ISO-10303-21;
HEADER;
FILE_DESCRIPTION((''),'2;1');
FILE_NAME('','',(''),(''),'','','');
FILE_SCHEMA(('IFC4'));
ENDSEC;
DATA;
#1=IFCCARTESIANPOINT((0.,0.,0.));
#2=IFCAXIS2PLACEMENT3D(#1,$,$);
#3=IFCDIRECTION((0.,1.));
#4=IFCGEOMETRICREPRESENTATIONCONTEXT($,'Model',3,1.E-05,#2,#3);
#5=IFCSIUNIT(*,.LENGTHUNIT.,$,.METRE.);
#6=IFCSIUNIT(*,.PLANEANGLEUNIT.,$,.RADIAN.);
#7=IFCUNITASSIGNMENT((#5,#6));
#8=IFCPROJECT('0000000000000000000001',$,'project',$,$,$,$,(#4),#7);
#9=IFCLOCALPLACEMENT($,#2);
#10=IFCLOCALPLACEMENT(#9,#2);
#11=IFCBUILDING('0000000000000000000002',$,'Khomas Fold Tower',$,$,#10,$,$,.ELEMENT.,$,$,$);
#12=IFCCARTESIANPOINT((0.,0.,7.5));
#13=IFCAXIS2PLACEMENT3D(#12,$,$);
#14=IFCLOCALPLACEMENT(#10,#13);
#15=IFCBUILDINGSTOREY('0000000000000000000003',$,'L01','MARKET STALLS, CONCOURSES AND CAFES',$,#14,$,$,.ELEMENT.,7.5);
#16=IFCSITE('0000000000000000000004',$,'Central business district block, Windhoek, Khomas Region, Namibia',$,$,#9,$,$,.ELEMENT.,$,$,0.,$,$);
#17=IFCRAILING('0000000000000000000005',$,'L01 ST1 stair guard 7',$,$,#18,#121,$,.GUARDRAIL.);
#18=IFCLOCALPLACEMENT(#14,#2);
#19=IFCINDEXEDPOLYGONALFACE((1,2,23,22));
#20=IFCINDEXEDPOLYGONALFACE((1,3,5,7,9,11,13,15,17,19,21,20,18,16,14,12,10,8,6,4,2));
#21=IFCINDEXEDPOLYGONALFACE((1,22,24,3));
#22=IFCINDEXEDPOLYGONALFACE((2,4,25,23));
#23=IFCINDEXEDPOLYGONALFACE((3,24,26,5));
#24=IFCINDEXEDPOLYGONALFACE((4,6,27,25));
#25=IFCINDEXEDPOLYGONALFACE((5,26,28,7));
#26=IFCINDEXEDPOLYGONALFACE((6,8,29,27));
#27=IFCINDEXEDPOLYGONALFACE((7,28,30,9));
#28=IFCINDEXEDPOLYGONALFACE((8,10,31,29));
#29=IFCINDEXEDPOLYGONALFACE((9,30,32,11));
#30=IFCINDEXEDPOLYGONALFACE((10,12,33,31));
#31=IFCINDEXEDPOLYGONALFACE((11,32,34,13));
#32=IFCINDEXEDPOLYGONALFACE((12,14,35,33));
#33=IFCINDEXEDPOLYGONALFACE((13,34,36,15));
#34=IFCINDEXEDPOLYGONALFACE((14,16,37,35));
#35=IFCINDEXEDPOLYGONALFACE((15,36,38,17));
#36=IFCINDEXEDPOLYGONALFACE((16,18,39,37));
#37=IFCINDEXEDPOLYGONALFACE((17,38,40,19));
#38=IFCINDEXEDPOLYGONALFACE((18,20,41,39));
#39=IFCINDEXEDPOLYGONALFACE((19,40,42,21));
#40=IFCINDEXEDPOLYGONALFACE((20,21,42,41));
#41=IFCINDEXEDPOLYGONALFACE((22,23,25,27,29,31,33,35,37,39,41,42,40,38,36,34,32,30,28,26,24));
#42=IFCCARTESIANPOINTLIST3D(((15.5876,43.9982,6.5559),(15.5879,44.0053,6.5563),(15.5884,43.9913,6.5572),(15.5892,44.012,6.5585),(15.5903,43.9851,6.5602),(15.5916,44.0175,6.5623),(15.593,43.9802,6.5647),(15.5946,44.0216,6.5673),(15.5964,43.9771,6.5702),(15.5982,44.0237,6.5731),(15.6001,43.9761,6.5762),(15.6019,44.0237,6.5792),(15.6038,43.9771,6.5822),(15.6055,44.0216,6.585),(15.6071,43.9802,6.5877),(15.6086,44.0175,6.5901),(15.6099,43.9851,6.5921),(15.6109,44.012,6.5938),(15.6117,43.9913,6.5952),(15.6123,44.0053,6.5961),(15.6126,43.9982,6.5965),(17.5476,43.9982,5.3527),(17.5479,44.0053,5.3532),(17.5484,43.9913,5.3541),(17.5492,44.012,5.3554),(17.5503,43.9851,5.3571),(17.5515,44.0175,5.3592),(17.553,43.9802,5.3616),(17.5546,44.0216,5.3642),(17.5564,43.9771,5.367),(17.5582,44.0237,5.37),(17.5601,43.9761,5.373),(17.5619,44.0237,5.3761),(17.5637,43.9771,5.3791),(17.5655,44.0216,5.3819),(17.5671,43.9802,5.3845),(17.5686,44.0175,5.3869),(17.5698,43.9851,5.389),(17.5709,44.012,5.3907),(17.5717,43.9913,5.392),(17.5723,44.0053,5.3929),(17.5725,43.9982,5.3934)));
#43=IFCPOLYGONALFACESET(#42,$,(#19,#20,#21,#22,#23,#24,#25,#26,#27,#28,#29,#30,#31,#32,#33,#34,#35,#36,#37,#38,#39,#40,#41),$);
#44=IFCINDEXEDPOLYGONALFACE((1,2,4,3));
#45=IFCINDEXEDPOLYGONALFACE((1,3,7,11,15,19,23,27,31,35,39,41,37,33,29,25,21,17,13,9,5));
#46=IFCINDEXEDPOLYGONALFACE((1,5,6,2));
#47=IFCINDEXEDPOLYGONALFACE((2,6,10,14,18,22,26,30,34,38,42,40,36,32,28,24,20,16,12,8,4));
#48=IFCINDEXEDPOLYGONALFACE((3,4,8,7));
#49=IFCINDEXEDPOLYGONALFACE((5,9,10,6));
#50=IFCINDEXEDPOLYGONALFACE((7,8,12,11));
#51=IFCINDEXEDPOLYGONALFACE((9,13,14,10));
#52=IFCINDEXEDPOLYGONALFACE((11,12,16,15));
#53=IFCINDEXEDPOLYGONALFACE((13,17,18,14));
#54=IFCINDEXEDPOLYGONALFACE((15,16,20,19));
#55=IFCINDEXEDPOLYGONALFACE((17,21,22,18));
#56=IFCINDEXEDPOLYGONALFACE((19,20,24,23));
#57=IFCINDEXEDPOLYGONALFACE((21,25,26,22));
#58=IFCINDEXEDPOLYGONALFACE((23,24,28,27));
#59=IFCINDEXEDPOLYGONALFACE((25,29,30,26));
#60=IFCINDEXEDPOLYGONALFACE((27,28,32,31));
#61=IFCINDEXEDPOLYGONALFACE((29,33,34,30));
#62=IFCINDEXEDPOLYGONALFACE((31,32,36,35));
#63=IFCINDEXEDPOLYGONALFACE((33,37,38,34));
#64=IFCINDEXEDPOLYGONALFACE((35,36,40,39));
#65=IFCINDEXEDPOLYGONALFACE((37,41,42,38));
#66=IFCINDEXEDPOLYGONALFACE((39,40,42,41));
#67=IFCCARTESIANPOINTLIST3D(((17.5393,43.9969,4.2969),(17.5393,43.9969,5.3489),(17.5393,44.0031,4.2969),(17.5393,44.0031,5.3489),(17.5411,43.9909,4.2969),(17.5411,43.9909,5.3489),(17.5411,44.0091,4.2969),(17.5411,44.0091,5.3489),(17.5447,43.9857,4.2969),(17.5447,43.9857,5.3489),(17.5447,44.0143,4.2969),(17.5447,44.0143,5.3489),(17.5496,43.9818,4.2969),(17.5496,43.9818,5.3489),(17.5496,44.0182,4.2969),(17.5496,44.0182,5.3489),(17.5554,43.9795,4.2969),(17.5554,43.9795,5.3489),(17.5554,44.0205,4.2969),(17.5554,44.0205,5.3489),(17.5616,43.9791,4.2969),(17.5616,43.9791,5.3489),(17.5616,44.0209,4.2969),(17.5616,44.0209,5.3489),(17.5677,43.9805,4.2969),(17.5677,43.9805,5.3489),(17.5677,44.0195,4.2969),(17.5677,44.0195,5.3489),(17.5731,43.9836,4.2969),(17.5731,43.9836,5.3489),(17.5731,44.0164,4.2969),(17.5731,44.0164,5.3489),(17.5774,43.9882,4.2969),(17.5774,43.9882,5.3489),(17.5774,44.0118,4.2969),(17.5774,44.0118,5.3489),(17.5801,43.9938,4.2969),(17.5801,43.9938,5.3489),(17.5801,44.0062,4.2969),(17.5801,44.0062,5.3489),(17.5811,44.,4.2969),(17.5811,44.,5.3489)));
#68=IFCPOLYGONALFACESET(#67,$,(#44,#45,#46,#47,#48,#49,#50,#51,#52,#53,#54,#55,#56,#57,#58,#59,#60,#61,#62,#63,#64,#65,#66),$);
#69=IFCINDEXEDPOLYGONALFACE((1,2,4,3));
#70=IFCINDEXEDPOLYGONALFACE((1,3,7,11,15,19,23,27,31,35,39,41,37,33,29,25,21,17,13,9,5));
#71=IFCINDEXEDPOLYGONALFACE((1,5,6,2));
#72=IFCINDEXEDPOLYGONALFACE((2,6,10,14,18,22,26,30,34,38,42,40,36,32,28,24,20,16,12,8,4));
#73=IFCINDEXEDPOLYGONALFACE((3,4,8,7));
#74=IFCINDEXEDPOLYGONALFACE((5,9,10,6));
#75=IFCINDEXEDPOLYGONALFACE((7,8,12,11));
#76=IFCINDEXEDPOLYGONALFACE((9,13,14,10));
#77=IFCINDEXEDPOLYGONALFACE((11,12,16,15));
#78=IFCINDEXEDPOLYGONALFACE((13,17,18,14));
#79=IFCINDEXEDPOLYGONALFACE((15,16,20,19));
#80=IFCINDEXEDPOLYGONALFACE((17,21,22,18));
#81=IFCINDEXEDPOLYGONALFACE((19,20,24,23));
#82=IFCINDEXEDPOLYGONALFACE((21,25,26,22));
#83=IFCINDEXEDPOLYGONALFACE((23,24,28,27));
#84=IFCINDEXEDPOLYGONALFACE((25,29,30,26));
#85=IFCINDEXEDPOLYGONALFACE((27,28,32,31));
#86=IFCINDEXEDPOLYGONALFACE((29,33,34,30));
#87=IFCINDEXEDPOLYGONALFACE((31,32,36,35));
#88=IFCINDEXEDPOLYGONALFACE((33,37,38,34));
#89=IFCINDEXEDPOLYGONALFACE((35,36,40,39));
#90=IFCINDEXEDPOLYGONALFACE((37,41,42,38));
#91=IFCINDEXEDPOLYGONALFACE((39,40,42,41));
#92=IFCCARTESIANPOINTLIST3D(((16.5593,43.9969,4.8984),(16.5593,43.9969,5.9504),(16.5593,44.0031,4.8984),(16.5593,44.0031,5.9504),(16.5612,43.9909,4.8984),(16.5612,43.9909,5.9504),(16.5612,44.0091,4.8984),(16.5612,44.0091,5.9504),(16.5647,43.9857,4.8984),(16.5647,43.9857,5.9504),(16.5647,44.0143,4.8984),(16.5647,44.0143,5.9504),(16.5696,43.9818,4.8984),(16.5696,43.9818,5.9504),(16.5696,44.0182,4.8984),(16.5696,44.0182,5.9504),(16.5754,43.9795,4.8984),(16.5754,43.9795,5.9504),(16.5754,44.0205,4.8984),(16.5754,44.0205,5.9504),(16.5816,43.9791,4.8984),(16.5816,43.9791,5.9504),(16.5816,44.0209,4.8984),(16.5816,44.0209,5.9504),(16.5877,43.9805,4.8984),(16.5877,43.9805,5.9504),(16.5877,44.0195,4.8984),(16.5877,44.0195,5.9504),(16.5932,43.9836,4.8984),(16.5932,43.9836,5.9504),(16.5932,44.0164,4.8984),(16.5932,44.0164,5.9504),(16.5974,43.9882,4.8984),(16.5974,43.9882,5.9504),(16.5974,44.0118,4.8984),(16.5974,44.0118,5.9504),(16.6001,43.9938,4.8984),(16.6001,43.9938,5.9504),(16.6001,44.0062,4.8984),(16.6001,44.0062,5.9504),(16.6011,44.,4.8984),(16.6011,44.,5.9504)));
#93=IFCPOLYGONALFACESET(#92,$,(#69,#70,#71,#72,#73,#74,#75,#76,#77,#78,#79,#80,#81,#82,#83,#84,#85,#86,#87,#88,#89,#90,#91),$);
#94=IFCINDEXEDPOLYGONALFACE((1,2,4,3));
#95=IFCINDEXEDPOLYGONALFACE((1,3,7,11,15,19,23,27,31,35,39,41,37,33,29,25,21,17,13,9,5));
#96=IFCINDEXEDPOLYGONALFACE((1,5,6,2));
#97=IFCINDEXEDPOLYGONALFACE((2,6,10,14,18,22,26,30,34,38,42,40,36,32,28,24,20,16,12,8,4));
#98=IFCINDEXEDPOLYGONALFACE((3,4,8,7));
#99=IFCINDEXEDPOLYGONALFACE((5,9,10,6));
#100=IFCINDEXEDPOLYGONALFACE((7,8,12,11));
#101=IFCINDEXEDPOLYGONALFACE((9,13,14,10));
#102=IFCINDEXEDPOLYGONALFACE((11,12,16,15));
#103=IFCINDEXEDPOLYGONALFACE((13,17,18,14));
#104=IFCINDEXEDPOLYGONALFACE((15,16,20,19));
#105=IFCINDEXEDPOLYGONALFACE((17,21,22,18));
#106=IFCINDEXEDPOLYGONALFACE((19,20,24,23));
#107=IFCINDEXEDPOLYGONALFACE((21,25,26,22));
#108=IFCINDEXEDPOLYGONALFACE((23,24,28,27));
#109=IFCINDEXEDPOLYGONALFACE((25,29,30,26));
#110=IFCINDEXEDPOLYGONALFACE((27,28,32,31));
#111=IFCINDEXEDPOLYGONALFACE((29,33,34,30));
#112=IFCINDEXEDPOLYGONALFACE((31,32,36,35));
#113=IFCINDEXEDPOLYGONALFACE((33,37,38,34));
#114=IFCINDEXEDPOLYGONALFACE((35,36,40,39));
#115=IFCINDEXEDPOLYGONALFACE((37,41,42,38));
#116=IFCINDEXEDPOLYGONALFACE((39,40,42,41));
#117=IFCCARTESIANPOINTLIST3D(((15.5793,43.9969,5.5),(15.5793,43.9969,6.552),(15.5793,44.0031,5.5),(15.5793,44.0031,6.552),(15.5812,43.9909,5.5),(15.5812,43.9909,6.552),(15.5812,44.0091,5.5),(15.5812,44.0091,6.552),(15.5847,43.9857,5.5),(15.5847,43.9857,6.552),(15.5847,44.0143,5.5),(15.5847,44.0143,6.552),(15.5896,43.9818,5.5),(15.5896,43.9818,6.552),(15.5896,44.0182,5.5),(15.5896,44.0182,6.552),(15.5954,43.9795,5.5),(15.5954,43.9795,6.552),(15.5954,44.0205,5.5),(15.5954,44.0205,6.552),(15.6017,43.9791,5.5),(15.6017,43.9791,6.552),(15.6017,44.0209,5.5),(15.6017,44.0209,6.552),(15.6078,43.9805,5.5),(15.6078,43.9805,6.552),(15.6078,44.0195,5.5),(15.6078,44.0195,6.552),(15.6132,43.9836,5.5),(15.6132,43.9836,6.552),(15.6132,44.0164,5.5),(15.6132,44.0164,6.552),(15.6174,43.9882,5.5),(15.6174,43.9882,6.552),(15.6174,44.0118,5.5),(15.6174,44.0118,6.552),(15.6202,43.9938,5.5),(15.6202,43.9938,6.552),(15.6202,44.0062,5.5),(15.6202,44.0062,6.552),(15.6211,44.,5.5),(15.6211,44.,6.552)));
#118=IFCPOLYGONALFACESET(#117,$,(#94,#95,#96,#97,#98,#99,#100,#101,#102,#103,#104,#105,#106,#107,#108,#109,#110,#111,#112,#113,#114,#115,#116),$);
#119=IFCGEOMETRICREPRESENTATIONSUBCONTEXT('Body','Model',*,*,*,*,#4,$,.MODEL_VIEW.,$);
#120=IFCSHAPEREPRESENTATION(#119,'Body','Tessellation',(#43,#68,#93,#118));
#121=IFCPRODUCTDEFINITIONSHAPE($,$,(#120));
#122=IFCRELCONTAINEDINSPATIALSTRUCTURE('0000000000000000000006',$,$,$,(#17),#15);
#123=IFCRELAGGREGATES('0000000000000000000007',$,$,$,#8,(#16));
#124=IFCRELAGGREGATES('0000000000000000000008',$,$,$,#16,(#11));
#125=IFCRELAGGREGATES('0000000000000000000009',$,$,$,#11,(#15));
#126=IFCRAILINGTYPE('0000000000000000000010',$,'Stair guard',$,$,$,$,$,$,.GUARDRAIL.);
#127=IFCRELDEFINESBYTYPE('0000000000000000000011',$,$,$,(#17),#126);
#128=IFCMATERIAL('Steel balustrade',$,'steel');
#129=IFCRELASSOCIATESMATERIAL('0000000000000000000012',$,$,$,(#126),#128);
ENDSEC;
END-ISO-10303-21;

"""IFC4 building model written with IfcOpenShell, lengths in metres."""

from ifc_helpers import new_model, si_unit, direction, frame, origin, origin_2d, place, context, subcontext, project, spatial, circle, extrude, source, transform, mapped, material, type_object, element, save


model = new_model("IFC4")

# Units and contexts
model_context = context("Model", 3, precision=1e-05, world=origin(), true_north=direction((0.0, 1.0)))
body_context = subcontext(model_context, "Body", "Model", "MODEL_VIEW")
ifc_project = project(units=[si_unit("LENGTHUNIT", "METRE"), si_unit("PLANEANGLEUNIT", "RADIAN")], contexts=[model_context])

# Site, building, storey
site_placement = place(None, origin())
site = spatial("IfcSite", under=ifc_project, at=site_placement, Name="Central business district block, Windhoek, Khomas Region, Namibia", CompositionType="ELEMENT", RefElevation=0.0)
building_placement = place(site_placement, origin())
building = spatial("IfcBuilding", under=site, at=building_placement, Name="Khomas Fold Tower", CompositionType="ELEMENT")
storey_placement = place(building_placement, frame((0.0, 0.0, 7.5)))
storey = spatial("IfcBuildingStorey", under=building, at=storey_placement, Name="L01", Description="MARKET STALLS, CONCOURSES AND CAFES", CompositionType="ELEMENT", Elevation=7.5)

# Railing
ifc_material_1 = material(Name="Steel balustrade", Category="steel")
railing_type_1 = type_object("IfcRailingType", Name="Stair guard", PredefinedType="GUARDRAIL", material=ifc_material_1)
shared_shape_1 = source(origin(), body_context, "Body", "SweptSolid", [
    extrude(circle(Radius=0.0239, at=origin_2d()), frame((0.0, 0.0, 1.0762), z_axis=(-0.852241, 0.0, 0.523149), x_axis=(0.0, -1.0, 0.0)), (0.0, 0.0, 1.0), 2.2998),
    extrude(circle(Radius=0.021, at=origin_2d()), origin(), (0.0, 0.0, 1.0), 1.052),
    extrude(circle(Radius=0.021, at=origin_2d()), frame((-0.98, 0.0, 0.6016)), (0.0, 0.0, 1.0), 1.052),
    extrude(circle(Radius=0.021, at=origin_2d()), frame((-1.96, 0.0, 1.2031)), (0.0, 0.0, 1.0), 1.052),
])
for number, where, name in (
    (1, (17.5601, 44.0, 4.2969), "L01 ST1 stair guard 7"),
):
    element("IfcRailing", number, at=place(storey_placement, frame(where)), inside=storey, type_object=railing_type_1, Name=name, PredefinedType="GUARDRAIL", context=body_context, shape_type="MappedRepresentation", body=[
        mapped(shared_shape_1, transform((0.0, 0.0, 0.0))),
    ])

save(model, "model.ifc")
